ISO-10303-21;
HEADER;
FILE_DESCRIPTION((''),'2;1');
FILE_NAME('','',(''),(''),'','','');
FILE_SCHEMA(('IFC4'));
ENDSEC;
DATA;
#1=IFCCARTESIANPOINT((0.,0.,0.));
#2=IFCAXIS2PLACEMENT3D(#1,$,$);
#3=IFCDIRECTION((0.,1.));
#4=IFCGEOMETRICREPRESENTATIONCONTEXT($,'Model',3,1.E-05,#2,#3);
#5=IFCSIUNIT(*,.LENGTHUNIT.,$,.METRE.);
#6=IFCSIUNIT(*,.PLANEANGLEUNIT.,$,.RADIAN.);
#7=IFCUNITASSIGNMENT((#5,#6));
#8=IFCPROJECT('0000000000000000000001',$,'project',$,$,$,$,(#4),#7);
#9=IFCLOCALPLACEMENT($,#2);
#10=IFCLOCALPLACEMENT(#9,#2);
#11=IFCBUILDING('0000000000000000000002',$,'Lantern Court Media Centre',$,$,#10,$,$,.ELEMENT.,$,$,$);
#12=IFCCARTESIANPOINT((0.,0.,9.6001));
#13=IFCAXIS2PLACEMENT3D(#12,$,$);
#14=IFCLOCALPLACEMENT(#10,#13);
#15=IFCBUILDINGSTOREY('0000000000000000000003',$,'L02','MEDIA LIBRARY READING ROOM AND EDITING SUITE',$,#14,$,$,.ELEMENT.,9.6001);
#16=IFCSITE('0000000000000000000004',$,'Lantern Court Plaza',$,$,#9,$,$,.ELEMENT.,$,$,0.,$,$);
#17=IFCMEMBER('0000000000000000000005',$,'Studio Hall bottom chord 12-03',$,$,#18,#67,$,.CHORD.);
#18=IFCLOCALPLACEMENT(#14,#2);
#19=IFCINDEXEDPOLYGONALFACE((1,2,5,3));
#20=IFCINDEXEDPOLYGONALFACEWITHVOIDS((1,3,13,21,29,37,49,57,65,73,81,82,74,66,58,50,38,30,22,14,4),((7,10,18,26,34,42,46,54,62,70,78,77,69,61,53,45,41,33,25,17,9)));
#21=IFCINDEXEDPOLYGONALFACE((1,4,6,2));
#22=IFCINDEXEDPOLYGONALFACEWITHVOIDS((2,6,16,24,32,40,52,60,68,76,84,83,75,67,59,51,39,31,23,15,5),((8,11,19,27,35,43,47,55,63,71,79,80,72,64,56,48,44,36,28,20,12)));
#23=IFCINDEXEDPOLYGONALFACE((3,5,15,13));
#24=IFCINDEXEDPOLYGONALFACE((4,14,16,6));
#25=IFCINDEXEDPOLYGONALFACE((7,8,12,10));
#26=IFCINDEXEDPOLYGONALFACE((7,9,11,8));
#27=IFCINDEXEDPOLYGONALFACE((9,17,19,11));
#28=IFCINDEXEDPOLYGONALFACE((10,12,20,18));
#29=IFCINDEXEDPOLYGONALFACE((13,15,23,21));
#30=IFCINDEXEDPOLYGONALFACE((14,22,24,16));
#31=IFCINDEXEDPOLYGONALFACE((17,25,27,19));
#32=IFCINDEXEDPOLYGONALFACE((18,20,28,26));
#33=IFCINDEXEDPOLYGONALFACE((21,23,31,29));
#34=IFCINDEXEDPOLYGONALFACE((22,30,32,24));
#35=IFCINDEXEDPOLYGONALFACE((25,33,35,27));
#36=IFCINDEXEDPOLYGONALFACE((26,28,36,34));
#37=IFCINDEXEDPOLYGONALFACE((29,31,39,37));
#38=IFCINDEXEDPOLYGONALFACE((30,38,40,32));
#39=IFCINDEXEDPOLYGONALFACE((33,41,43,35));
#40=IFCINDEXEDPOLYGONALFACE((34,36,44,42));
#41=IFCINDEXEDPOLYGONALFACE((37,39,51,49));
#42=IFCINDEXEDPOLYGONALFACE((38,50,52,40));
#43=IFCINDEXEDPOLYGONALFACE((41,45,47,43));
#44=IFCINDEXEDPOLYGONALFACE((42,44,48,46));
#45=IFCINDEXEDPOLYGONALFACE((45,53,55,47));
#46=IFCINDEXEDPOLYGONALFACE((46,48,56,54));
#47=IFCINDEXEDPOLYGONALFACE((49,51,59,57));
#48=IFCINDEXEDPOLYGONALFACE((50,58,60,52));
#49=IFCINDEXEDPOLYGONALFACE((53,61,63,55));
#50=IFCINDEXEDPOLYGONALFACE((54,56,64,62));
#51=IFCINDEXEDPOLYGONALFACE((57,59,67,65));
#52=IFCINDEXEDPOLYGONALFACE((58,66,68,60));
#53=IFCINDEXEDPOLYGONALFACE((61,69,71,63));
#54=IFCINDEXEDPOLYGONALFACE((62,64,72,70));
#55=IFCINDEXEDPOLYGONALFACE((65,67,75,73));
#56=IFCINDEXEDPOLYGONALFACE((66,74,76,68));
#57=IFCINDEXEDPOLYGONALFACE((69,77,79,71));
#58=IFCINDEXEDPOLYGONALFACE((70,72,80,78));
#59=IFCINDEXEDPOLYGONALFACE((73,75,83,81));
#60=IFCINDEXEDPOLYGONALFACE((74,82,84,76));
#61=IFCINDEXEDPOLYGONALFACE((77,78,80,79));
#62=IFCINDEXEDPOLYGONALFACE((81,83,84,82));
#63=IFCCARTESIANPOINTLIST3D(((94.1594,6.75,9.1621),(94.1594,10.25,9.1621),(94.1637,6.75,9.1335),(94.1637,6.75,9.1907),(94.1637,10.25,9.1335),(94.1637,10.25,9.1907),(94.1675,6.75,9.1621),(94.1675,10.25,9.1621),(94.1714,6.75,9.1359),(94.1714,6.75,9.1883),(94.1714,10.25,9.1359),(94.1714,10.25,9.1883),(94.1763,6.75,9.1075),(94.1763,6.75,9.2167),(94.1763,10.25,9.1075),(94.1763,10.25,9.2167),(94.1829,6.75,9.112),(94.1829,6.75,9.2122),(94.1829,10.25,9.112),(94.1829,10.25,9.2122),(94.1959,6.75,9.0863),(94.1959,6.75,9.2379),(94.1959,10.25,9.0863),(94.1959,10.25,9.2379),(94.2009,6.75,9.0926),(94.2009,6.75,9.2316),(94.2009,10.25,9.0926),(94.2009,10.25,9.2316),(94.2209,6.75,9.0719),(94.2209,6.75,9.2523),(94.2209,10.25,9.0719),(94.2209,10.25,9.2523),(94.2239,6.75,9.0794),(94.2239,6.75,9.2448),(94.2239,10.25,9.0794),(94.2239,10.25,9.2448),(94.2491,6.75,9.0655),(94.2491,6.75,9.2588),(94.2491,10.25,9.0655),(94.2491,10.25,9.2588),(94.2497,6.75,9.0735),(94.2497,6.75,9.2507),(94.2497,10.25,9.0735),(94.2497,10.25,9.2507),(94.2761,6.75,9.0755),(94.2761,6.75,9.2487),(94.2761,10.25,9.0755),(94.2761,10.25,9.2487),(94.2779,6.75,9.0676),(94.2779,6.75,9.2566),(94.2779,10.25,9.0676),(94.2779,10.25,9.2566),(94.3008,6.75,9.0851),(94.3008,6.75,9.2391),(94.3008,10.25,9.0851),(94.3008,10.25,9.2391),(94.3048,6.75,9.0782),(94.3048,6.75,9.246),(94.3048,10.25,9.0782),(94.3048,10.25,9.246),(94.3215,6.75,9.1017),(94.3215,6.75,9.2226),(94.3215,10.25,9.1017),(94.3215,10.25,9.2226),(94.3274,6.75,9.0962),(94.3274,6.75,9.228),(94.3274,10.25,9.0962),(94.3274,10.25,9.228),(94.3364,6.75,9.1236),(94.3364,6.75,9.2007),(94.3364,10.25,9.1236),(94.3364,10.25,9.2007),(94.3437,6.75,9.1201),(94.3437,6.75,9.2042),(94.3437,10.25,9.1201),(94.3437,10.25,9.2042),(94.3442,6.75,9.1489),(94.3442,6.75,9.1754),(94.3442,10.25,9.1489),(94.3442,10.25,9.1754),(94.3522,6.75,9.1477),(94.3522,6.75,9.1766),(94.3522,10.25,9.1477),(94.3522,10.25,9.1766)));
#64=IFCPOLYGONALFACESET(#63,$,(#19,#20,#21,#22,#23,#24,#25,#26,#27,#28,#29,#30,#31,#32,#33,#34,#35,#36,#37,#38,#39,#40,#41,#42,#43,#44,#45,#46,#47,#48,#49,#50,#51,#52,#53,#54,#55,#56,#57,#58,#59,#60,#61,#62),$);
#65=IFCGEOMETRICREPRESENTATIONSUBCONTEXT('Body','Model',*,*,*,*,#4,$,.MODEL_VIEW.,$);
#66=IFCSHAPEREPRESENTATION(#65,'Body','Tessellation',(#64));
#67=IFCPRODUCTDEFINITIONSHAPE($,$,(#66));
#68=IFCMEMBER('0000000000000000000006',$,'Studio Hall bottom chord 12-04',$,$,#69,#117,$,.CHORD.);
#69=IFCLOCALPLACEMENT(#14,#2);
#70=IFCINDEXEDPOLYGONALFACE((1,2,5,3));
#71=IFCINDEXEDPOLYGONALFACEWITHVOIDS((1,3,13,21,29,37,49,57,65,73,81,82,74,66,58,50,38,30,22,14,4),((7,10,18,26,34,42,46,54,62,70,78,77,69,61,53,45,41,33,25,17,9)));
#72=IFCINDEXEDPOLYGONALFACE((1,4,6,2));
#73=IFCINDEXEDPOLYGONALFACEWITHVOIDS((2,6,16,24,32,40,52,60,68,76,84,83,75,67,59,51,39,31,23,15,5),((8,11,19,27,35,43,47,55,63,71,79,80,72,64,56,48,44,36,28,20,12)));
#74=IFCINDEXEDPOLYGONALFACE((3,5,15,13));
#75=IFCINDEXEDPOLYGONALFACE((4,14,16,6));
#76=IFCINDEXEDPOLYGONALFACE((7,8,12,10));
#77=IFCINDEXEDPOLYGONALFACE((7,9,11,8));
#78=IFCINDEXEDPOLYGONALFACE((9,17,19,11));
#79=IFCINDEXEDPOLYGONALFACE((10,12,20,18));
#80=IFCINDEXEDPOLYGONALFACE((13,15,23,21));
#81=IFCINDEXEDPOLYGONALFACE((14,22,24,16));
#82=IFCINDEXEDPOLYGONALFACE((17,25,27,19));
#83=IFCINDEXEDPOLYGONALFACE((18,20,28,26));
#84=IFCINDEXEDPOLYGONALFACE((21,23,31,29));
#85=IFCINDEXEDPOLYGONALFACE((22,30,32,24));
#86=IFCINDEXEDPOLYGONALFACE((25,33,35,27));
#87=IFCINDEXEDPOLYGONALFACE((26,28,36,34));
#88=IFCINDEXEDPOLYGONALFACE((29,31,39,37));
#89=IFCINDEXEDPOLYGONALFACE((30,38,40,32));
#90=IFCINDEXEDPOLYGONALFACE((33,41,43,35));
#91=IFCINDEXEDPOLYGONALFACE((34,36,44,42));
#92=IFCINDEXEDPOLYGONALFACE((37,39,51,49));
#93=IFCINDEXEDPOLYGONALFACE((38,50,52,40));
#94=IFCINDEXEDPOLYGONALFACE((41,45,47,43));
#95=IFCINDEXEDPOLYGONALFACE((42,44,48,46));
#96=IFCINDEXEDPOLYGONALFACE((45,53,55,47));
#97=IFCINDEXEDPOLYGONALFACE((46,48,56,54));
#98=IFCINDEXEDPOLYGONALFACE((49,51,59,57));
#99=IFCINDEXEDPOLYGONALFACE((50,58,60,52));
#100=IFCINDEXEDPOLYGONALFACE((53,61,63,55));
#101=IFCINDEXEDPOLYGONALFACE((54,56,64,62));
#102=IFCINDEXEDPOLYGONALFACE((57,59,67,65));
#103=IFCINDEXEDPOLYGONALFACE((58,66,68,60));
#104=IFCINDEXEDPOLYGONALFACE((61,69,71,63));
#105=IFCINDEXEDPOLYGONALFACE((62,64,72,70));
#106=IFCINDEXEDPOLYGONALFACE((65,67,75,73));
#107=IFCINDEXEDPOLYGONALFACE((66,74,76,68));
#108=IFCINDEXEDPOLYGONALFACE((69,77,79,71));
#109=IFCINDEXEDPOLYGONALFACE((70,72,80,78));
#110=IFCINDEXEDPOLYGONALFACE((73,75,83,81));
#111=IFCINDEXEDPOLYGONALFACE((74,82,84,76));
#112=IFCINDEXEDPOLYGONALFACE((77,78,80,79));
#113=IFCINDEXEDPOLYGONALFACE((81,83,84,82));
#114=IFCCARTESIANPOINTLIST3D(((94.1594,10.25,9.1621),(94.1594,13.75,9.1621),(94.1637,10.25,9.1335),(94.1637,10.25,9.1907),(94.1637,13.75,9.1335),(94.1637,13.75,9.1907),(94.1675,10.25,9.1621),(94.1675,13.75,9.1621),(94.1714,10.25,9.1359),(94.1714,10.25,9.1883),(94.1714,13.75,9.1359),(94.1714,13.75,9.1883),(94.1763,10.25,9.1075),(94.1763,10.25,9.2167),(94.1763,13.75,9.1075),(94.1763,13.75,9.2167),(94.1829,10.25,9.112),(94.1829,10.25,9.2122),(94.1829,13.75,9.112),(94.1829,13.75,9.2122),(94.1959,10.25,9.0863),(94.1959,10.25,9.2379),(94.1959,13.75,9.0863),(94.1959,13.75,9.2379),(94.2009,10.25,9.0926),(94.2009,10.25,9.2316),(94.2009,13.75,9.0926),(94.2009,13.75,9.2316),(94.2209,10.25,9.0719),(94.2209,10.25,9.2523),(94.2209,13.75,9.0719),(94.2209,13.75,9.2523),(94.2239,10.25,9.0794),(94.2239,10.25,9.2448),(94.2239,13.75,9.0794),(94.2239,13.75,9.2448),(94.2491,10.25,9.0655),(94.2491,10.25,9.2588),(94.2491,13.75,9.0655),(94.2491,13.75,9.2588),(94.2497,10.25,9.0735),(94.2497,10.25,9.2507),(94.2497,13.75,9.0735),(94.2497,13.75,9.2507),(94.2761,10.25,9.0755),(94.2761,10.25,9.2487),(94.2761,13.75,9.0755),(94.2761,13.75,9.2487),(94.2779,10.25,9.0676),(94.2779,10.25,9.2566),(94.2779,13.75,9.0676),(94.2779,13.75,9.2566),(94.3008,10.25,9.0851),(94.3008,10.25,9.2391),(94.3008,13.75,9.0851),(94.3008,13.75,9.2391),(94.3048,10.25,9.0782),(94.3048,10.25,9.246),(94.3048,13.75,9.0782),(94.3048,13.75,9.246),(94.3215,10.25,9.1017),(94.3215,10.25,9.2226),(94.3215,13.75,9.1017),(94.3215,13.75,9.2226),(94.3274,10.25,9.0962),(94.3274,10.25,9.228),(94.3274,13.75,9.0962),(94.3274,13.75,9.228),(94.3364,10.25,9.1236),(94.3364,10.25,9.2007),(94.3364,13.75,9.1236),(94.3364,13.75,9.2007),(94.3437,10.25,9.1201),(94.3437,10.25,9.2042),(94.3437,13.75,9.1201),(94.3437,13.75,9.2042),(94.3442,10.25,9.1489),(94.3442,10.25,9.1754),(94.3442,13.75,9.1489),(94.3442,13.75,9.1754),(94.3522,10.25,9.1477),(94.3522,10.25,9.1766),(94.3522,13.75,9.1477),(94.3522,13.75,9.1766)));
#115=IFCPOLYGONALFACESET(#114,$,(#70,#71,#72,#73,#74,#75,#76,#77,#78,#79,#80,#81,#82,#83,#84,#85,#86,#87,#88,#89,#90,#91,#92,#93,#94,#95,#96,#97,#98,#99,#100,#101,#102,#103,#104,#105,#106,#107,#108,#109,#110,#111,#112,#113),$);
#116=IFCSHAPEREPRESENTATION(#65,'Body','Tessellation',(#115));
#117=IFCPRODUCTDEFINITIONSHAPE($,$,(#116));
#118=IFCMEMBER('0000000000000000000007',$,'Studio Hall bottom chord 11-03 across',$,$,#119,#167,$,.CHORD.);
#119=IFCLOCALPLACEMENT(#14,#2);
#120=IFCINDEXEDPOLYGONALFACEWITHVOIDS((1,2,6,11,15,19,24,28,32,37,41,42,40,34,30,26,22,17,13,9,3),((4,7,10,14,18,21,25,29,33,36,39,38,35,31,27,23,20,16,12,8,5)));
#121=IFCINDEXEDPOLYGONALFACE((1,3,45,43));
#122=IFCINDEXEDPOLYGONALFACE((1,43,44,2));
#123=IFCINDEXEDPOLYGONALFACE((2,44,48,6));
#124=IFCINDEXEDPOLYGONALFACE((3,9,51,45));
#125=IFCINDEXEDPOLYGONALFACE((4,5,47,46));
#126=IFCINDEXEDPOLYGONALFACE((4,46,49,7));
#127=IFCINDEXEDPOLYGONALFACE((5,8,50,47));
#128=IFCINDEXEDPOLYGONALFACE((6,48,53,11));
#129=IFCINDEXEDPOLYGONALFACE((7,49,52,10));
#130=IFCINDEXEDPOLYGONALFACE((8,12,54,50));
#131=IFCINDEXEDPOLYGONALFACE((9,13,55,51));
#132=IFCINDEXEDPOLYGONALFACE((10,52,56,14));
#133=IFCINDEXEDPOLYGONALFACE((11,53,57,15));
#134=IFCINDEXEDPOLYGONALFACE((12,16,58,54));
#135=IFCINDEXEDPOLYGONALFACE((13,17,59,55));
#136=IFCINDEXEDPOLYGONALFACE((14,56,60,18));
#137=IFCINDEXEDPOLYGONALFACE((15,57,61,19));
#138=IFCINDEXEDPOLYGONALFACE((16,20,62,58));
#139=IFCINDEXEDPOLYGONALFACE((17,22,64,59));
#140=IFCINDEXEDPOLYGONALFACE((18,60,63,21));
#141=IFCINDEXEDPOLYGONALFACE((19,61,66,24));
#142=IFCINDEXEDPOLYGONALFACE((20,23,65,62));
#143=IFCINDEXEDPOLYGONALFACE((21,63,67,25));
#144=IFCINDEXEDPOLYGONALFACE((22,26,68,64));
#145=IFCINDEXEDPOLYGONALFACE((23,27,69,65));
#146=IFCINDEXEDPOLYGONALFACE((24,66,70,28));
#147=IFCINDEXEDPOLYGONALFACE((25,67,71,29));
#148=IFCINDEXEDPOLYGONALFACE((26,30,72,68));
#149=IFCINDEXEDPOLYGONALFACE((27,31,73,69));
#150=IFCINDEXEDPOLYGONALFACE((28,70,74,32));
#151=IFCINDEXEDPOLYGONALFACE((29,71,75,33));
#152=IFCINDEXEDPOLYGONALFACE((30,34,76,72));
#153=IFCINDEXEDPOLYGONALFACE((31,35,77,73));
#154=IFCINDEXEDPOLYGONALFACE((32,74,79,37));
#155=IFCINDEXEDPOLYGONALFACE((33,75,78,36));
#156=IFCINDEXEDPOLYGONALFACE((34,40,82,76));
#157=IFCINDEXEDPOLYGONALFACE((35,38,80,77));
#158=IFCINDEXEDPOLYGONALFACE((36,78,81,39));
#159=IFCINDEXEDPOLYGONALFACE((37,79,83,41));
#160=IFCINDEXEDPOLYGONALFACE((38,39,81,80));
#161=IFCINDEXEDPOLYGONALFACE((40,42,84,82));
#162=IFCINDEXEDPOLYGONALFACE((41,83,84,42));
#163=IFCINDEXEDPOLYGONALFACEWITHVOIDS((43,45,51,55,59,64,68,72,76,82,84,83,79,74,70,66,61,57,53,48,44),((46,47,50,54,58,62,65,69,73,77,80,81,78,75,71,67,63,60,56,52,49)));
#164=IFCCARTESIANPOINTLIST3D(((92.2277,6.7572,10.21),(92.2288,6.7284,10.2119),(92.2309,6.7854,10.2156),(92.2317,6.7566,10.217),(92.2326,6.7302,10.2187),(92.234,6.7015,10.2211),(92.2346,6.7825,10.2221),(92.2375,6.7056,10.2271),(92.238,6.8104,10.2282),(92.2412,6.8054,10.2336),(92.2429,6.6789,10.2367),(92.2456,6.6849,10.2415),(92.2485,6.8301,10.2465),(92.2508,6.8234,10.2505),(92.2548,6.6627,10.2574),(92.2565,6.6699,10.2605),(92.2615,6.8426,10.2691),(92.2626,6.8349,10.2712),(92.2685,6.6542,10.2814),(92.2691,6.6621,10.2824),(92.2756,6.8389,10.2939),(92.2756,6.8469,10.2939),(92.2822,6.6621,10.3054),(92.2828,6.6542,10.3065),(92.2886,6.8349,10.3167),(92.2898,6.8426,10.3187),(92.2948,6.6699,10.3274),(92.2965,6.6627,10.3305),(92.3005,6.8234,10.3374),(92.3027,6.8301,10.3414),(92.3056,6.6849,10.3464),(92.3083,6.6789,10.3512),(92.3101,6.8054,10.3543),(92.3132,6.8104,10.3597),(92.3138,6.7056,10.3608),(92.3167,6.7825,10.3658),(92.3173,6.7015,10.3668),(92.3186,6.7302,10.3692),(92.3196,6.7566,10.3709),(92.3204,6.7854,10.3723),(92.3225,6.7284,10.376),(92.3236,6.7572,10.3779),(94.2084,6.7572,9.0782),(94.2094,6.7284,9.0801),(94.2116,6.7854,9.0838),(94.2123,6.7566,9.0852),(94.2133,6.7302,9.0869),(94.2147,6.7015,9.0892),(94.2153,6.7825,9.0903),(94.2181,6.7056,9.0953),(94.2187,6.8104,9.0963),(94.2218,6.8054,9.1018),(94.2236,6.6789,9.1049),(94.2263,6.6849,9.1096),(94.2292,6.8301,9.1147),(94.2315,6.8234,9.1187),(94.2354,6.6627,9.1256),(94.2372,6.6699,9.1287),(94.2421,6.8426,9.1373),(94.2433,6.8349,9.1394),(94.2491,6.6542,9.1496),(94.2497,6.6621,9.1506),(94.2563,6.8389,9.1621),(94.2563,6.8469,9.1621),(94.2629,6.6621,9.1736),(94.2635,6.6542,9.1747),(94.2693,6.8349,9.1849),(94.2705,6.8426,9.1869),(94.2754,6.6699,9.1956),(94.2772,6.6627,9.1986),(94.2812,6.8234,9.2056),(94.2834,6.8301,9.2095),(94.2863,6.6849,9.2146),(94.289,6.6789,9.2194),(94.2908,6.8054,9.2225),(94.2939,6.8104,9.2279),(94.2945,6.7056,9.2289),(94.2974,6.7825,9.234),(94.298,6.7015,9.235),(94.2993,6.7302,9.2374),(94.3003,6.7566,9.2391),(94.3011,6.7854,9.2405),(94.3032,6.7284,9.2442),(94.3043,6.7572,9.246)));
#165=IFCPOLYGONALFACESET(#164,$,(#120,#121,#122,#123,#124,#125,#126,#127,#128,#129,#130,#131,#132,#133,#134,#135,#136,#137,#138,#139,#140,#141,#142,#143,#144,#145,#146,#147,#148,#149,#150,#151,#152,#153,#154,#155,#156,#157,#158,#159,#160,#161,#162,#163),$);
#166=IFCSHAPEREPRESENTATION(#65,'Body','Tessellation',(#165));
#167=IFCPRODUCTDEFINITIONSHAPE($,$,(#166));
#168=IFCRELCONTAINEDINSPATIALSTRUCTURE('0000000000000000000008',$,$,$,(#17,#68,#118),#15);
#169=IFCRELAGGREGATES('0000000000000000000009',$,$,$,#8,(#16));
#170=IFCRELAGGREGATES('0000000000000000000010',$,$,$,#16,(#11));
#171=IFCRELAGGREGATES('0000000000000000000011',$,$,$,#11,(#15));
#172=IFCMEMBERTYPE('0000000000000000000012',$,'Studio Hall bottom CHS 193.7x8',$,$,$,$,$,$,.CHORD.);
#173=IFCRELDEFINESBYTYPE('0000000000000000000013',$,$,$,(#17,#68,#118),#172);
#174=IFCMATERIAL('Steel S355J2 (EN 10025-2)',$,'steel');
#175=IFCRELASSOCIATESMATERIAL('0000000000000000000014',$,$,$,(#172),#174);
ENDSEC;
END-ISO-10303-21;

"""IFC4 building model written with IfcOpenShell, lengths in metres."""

from ifc_helpers import new_model, si_unit, direction, frame, origin, origin_2d, place, context, subcontext, project, spatial, hollow_circle, extrude, material, material_profile, profile_set, type_object, element, save


model = new_model("IFC4")

# Units and contexts
model_context = context("Model", 3, precision=1e-05, world=origin(), true_north=direction((0.0, 1.0)))
body_context = subcontext(model_context, "Body", "Model", "MODEL_VIEW")
ifc_project = project(units=[si_unit("LENGTHUNIT", "METRE"), si_unit("PLANEANGLEUNIT", "RADIAN")], contexts=[model_context])

# Site, building, storey
site_placement = place(None, origin())
site = spatial("IfcSite", under=ifc_project, at=site_placement, Name="Lantern Court Plaza", CompositionType="ELEMENT", RefElevation=0.0)
building_placement = place(site_placement, origin())
building = spatial("IfcBuilding", under=site, at=building_placement, Name="Lantern Court Media Centre", CompositionType="ELEMENT")
storey_placement = place(building_placement, frame((0.0, 0.0, 9.6001)))
storey = spatial("IfcBuildingStorey", under=building, at=storey_placement, Name="L02", Description="MEDIA LIBRARY READING ROOM AND EDITING SUITE", CompositionType="ELEMENT", Elevation=9.6001)

# Members
ifc_material_1 = material(Name="Steel S355J2 (EN 10025-2)", Category="steel")
ifc_material_profile_1 = material_profile(ifc_material_1, hollow_circle(Radius=0.0969, WallThickness=0.0081, at=origin_2d()), Name="Studio Hall bottom CHS 193.7x8")
ifc_profile_set_1 = profile_set([ifc_material_profile_1], Name="Steel S355J2 (EN 10025-2)")
member_type_1 = type_object("IfcMemberType", Name="Studio Hall bottom CHS 193.7x8", PredefinedType="CHORD", material=ifc_profile_set_1)
for number, where, z_axis, x_axis, name in (
    (1, (94.2563, 6.75, 9.1621), (0.0, 1.0, 0.0), (-1.0, 0.0, 0.0), "Studio Hall bottom chord 12-03"),
    (2, (94.2563, 10.25, 9.1621), (0.0, 1.0, 0.0), (-1.0, 0.0, 0.0), "Studio Hall bottom chord 12-04"),
):
    element("IfcMember", number, at=place(storey_placement, frame(where, z_axis=z_axis, x_axis=x_axis)), inside=storey, type_object=member_type_1, Name=name, PredefinedType="CHORD", context=body_context, shape_type="SweptSolid", body=[
        extrude(hollow_circle(Radius=0.0969, WallThickness=0.0081, at=origin_2d()), origin(), (0.0, 0.0, 1.0), 3.5),
    ])
member_placement = place(storey_placement, frame((92.2756, 6.75, 10.2939), z_axis=(0.868243, 0.0, -0.496139), x_axis=(0.0, 1.0, 0.0)))
element("IfcMember", 3, at=member_placement, inside=storey, type_object=member_type_1, Name="Studio Hall bottom chord 11-03 across", PredefinedType="CHORD", context=body_context, shape_type="SweptSolid", body=[
    extrude(hollow_circle(Radius=0.0969, WallThickness=0.0081, at=origin_2d()), origin(), (0.0, 0.0, 1.0), 2.2812),
])

save(model, "model.ifc")
